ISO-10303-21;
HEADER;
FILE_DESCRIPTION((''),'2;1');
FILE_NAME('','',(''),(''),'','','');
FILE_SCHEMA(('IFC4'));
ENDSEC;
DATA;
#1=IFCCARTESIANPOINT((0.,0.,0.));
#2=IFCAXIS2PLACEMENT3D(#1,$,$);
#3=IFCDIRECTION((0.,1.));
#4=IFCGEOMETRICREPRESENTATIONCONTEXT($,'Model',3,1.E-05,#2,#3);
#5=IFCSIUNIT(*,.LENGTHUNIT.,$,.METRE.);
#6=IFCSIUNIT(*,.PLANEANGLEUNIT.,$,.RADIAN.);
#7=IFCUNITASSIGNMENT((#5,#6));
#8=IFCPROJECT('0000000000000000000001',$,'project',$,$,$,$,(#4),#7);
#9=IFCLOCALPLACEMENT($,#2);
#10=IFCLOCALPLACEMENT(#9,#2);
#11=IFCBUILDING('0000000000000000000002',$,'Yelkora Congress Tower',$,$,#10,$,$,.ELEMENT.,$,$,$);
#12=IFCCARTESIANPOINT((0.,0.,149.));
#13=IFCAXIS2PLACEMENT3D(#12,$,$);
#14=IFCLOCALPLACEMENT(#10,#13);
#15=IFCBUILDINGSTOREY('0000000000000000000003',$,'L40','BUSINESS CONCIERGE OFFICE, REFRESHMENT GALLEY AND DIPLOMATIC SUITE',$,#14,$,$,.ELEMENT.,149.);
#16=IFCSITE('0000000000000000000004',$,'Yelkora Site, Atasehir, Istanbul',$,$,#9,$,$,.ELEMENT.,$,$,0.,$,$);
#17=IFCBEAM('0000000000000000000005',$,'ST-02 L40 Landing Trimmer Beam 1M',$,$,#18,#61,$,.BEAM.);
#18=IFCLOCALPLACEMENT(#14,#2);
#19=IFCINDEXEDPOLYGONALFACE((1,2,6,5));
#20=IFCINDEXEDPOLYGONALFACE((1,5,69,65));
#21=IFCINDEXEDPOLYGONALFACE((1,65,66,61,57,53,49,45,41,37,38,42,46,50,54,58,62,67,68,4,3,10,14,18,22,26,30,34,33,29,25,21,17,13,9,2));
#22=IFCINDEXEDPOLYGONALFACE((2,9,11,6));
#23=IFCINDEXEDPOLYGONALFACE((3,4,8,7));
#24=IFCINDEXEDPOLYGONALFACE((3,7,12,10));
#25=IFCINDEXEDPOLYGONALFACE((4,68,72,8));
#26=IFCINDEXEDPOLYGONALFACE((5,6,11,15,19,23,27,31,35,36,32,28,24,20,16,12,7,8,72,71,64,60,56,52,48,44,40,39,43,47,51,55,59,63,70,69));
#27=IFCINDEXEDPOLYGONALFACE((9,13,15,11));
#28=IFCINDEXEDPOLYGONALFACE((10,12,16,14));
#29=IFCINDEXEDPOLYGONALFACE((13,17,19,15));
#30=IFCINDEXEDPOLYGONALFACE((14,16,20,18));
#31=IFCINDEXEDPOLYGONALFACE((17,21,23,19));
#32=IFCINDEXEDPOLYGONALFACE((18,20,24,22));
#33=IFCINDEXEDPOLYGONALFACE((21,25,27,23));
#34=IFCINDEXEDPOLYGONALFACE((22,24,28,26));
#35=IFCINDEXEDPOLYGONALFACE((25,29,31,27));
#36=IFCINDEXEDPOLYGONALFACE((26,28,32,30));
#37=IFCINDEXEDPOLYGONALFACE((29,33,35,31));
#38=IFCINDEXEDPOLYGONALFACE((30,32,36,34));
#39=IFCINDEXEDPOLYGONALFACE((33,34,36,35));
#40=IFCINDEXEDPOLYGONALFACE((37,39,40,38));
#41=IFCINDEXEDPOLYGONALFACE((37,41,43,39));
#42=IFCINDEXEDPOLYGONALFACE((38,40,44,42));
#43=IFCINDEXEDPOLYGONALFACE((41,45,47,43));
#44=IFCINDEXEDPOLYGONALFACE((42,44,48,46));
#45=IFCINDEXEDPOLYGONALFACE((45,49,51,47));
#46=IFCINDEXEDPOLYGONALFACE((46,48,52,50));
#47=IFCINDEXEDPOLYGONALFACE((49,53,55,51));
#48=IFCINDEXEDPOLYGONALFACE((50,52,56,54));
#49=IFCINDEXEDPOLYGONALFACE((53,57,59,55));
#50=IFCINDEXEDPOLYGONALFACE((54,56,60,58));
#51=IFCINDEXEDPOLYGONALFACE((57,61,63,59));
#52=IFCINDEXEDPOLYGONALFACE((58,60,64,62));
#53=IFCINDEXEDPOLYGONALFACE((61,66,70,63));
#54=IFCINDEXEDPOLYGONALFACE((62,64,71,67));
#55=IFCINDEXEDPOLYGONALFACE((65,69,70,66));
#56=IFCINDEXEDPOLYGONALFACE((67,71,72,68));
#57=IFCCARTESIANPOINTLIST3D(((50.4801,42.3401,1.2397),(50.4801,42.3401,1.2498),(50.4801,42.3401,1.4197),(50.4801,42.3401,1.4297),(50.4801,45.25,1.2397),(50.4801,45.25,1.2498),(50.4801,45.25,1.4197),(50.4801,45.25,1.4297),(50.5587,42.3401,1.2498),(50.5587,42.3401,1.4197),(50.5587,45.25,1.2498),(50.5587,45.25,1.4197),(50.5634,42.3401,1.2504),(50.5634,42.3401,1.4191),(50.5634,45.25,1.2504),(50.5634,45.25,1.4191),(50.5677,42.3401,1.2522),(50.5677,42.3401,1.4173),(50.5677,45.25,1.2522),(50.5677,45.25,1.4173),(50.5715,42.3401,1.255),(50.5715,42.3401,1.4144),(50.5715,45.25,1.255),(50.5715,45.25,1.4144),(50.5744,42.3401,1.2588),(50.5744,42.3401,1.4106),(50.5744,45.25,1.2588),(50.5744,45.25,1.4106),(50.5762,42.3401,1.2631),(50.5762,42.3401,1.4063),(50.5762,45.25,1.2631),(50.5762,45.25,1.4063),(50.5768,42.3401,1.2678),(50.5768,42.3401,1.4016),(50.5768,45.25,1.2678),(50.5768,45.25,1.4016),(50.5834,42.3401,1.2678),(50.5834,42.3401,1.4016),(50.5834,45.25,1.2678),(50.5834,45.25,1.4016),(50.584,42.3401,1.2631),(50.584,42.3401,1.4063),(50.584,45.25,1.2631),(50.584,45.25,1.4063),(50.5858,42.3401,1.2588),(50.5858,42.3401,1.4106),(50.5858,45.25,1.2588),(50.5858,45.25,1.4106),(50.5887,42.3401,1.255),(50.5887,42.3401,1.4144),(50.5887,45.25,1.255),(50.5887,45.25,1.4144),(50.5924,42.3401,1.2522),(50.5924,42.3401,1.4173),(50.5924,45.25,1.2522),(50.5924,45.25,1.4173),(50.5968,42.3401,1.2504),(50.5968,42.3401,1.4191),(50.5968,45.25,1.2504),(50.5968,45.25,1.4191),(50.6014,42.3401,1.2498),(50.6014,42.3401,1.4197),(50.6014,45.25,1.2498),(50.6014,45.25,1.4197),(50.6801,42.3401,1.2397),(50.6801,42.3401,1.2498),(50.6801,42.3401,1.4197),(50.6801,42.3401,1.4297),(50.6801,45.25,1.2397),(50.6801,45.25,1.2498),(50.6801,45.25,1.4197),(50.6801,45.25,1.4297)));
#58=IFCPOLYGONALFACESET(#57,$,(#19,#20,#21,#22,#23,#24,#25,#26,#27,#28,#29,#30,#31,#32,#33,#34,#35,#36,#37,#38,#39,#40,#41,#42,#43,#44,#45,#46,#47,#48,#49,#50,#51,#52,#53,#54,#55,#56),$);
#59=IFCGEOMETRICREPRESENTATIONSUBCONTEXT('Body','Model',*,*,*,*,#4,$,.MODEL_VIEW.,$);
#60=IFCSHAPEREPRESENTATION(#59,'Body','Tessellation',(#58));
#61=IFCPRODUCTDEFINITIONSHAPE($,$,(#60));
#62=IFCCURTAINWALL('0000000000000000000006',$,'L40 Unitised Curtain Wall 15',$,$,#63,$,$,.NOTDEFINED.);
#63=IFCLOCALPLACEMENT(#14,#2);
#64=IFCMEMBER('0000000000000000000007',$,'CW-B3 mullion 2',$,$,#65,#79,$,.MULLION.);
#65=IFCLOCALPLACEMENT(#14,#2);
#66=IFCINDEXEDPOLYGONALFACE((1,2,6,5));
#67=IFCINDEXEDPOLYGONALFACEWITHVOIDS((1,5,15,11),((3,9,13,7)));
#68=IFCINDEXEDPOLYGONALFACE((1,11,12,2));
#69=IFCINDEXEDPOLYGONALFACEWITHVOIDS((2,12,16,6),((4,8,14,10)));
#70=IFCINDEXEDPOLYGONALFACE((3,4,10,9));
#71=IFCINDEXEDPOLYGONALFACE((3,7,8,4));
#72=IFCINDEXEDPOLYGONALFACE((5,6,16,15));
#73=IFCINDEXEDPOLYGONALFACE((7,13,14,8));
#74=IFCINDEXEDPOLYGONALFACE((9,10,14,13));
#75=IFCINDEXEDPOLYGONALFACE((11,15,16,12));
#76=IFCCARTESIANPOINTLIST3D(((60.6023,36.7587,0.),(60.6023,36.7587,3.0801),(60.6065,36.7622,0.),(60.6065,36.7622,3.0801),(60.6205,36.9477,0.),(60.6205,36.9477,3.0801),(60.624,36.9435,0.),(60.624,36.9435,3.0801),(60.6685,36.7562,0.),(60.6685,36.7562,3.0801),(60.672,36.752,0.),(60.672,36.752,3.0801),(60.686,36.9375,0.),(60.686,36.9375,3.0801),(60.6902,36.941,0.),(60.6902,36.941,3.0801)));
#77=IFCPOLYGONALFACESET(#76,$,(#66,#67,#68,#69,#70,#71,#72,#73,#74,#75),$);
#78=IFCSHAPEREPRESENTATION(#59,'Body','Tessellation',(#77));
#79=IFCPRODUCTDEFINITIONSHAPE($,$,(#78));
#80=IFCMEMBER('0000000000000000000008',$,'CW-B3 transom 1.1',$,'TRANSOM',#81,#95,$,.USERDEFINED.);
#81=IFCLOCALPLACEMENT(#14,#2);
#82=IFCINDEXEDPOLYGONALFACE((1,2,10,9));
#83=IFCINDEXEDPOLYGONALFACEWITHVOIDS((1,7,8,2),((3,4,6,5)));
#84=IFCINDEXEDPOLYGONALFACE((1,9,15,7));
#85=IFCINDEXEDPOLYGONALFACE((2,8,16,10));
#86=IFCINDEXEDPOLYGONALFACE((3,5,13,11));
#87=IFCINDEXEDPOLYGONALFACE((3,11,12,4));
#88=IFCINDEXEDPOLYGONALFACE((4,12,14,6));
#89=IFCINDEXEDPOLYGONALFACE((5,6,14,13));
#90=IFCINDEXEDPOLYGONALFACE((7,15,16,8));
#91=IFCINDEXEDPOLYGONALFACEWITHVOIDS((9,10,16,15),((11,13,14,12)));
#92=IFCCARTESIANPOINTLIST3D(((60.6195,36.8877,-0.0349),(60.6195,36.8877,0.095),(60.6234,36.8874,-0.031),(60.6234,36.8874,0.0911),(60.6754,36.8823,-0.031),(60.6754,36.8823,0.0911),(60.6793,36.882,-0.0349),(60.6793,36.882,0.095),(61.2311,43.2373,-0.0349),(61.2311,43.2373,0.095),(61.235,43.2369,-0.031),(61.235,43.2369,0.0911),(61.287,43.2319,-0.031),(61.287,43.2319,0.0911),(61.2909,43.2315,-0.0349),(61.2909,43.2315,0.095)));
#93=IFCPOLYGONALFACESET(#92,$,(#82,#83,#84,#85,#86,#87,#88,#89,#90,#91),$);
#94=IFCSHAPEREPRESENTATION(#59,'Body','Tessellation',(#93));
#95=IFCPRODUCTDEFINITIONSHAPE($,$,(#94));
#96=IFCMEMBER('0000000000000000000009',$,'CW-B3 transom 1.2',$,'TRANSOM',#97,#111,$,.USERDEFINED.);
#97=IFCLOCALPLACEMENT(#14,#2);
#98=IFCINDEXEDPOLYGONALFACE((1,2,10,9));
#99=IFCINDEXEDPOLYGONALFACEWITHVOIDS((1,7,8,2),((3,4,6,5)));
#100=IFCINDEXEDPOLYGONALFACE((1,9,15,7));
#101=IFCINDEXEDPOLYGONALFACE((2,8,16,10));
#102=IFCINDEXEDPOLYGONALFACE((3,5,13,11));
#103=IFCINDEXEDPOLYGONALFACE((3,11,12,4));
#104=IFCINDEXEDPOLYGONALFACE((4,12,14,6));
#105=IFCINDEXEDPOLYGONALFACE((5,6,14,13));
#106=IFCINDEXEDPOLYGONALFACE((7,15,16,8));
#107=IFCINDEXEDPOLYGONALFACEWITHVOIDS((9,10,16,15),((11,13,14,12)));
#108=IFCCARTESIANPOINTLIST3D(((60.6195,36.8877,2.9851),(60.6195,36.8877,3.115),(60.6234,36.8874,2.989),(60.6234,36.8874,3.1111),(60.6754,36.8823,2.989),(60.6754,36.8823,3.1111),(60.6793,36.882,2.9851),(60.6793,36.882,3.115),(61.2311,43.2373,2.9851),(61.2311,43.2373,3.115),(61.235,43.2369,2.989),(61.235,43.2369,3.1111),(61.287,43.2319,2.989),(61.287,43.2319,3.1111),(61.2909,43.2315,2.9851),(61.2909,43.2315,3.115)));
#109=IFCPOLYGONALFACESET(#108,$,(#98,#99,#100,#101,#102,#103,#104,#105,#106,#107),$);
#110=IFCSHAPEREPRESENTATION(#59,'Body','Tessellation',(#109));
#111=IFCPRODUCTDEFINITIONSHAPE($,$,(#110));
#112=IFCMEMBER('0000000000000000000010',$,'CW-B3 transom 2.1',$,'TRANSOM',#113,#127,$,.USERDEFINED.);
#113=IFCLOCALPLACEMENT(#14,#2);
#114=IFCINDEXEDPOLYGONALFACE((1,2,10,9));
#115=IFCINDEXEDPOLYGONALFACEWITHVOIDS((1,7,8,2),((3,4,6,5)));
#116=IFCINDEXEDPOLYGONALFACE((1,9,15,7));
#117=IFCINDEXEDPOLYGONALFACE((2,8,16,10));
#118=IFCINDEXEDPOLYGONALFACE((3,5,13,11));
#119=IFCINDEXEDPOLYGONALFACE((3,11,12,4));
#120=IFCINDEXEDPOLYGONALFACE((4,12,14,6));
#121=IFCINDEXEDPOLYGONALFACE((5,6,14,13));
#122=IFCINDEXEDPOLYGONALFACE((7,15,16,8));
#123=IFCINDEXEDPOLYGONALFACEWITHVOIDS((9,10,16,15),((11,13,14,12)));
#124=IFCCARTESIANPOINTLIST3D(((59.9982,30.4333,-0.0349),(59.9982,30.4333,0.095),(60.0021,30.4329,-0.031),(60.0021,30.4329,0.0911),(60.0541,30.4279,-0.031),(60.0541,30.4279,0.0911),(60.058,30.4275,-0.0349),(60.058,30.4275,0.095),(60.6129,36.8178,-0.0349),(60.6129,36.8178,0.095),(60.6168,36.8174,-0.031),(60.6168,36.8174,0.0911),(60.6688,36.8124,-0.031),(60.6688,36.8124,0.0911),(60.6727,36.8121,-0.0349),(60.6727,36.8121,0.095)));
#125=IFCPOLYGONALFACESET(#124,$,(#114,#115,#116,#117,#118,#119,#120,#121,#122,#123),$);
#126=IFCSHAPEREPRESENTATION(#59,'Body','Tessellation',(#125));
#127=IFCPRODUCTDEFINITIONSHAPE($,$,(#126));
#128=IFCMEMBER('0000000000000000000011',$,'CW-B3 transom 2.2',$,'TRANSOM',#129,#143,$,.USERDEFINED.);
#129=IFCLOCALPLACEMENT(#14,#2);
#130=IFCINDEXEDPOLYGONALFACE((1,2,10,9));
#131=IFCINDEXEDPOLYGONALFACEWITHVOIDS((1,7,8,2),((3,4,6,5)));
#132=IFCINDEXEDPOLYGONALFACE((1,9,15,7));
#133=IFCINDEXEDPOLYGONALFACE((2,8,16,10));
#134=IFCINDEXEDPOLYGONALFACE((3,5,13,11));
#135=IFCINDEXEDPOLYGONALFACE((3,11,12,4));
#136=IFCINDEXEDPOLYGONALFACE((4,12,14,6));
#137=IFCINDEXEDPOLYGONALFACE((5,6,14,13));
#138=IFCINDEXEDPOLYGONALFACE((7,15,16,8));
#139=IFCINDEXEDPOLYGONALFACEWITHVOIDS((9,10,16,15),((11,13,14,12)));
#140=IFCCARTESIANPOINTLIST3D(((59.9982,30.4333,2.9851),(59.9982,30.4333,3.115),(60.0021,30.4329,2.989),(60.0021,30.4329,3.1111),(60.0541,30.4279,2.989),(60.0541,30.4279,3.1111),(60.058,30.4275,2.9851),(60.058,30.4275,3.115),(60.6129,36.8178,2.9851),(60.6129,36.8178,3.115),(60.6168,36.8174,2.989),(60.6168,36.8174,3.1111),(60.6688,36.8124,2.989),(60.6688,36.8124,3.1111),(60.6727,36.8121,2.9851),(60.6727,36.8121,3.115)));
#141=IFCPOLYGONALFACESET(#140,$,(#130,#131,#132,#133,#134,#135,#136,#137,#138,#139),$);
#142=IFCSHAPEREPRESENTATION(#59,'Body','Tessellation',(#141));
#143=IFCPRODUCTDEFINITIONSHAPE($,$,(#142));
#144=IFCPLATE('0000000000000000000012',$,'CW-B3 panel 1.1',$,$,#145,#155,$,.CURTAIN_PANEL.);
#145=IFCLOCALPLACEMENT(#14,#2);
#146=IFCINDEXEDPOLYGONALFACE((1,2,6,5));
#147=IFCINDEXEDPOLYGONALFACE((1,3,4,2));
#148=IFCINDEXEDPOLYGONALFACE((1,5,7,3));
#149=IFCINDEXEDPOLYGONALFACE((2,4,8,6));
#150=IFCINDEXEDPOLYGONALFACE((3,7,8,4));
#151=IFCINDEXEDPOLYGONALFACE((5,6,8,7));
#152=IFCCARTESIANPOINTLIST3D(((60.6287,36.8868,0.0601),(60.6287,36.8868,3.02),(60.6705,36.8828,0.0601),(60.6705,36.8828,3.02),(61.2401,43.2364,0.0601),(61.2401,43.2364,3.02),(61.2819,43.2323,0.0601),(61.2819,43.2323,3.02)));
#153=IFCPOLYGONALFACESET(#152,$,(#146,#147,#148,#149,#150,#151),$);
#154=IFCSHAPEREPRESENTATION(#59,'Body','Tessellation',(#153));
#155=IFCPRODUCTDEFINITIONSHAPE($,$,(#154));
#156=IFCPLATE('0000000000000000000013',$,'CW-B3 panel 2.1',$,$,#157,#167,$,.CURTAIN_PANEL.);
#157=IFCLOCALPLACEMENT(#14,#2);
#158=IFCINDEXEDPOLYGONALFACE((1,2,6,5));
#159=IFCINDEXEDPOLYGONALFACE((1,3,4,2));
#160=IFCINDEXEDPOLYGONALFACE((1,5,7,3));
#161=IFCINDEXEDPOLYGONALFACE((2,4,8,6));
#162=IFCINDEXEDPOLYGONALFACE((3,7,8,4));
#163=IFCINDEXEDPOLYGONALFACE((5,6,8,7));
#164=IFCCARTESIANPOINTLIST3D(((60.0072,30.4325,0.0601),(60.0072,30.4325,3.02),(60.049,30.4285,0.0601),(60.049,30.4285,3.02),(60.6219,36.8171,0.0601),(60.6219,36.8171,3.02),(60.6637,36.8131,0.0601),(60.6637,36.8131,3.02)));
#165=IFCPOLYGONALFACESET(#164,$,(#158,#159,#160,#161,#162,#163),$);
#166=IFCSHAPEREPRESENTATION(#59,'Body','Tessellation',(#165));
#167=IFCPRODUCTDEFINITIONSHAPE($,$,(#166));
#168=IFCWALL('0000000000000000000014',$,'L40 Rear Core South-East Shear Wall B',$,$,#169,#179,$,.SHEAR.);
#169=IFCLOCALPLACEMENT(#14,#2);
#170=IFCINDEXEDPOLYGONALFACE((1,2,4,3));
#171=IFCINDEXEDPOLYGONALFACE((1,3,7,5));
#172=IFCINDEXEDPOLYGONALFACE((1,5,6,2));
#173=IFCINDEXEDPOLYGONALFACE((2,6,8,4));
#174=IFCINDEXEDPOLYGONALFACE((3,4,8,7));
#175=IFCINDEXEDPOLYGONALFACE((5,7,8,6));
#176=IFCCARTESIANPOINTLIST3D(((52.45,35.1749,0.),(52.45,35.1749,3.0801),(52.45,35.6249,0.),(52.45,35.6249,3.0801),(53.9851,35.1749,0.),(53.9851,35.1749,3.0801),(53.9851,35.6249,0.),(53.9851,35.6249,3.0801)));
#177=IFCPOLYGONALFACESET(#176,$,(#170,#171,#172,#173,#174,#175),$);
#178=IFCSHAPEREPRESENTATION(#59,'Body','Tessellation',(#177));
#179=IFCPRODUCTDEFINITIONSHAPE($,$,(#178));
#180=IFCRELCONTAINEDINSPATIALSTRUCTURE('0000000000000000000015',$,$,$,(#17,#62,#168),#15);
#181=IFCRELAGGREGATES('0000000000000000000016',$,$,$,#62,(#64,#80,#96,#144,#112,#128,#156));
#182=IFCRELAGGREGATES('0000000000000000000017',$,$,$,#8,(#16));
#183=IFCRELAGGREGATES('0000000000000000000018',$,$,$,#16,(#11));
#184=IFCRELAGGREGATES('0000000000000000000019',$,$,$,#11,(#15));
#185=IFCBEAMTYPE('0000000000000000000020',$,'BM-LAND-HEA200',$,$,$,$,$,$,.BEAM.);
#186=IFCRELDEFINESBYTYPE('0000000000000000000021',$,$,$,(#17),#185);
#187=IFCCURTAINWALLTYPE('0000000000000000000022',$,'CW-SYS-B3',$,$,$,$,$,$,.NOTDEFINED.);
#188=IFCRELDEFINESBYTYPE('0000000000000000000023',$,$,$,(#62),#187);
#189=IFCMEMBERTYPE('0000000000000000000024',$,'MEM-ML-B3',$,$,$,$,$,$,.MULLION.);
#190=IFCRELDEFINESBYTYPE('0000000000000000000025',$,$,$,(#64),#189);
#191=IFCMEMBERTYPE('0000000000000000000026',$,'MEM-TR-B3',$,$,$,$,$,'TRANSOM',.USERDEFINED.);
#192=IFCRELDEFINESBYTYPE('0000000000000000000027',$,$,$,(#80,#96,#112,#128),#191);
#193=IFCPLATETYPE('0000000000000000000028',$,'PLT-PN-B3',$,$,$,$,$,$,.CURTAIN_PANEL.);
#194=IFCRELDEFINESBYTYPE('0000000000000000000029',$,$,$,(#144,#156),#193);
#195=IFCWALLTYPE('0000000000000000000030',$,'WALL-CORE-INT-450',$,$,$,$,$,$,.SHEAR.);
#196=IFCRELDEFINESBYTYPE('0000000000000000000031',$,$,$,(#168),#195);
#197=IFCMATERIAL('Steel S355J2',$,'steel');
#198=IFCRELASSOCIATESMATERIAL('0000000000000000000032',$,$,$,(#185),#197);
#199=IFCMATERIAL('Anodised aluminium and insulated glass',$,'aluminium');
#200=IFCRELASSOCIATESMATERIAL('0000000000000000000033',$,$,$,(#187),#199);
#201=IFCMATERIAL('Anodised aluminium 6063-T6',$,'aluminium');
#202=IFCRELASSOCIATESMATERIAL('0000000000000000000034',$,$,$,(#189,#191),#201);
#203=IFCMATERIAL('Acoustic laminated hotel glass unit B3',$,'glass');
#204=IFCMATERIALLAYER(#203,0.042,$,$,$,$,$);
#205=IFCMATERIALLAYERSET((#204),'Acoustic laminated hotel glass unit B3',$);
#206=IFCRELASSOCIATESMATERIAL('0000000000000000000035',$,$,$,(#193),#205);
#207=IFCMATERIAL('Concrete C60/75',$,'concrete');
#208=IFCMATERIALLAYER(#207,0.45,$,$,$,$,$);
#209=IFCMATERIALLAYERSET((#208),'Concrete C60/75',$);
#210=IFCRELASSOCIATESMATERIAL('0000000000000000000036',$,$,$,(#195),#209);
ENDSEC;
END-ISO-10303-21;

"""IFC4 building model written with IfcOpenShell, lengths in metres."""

from ifc_helpers import new_model, si_unit, direction, frame, frame_2d, origin, origin_2d, place, context, subcontext, project, spatial, rectangle, hollow_rectangle, i_section, extrude, material, layer, layer_set, material_profile, profile_set, type_object, element, aggregate, save


model = new_model("IFC4")

# Units and contexts
model_context = context("Model", 3, precision=1e-05, world=origin(), true_north=direction((0.0, 1.0)))
body_context = subcontext(model_context, "Body", "Model", "MODEL_VIEW")
ifc_project = project(units=[si_unit("LENGTHUNIT", "METRE"), si_unit("PLANEANGLEUNIT", "RADIAN")], contexts=[model_context])

# Site, building, storey
site_placement = place(None, origin())
site = spatial("IfcSite", under=ifc_project, at=site_placement, Name="Yelkora Site, Atasehir, Istanbul", CompositionType="ELEMENT", RefElevation=0.0)
building_placement = place(site_placement, origin())
building = spatial("IfcBuilding", under=site, at=building_placement, Name="Yelkora Congress Tower", CompositionType="ELEMENT")
storey_placement = place(building_placement, frame((0.0, 0.0, 149.0)))
storey = spatial("IfcBuildingStorey", under=building, at=storey_placement, Name="L40", Description="BUSINESS CONCIERGE OFFICE, REFRESHMENT GALLEY AND DIPLOMATIC SUITE", CompositionType="ELEMENT", Elevation=149.0)

# Beam
ifc_material_1 = material(Name="Steel S355J2", Category="steel")
ifc_material_profile_1 = material_profile(ifc_material_1, i_section(OverallWidth=0.2, OverallDepth=0.1899, WebThickness=0.0066, FlangeThickness=0.01, FilletRadius=0.0181, at=origin_2d()), Name="HEA 200")
ifc_profile_set_1 = profile_set([ifc_material_profile_1], Name="Steel S355J2")
beam_type_1 = type_object("IfcBeamType", Name="BM-LAND-HEA200", PredefinedType="BEAM", material=ifc_profile_set_1)
beam_1_placement = place(storey_placement, frame((50.5801, 42.3401, 1.3347), z_axis=(0.0, 1.0, 0.0), x_axis=(-1.0, 0.0, 0.0)))
element("IfcBeam", 1, at=beam_1_placement, inside=storey, type_object=beam_type_1, Name="ST-02 L40 Landing Trimmer Beam 1M", PredefinedType="BEAM", context=body_context, shape_type="SweptSolid", body=[
    extrude(i_section(OverallWidth=0.2, OverallDepth=0.1899, WebThickness=0.0066, FlangeThickness=0.01, FilletRadius=0.0181, at=origin_2d()), origin(), (0.0, 0.0, 1.0), 2.9099),
])

# Curtain wall, members, plates
ifc_material_2 = material(Name="Anodised aluminium and insulated glass", Category="aluminium")
curtain_wall_type = type_object("IfcCurtainWallType", Name="CW-SYS-B3", PredefinedType="NOTDEFINED", material=ifc_material_2)
curtain_wall_placement = place(storey_placement, origin())
curtain_wall = element("IfcCurtainWall", 2, at=curtain_wall_placement, inside=storey, type_object=curtain_wall_type, Name="L40 Unitised Curtain Wall 15", PredefinedType="NOTDEFINED")
ifc_material_3 = material(Name="Anodised aluminium 6063-T6", Category="aluminium")
ifc_material_profile_2 = material_profile(ifc_material_3, hollow_rectangle(XDim=0.0701, YDim=0.1899, WallThickness=0.0039, at=origin_2d()), Name="ALU 70x190x4")
ifc_profile_set_2 = profile_set([ifc_material_profile_2], Name="Anodised aluminium 6063-T6")
member_type_1 = type_object("IfcMemberType", Name="MEM-ML-B3", PredefinedType="MULLION", material=ifc_profile_set_2)
member_1_placement = place(storey_placement, frame((60.6462, 36.8499, 0.0), z_axis=(0.0, 0.0, 1.0), x_axis=(0.995397, -0.095842, 0.0)))
member_1 = element("IfcMember", 3, at=member_1_placement, type_object=member_type_1, Name="CW-B3 mullion 2", PredefinedType="MULLION", context=body_context, shape_type="SweptSolid", body=[
    extrude(hollow_rectangle(XDim=0.0701, YDim=0.1899, WallThickness=0.0039, at=origin_2d()), origin(), (0.0, 0.0, 1.0), 3.0801),
])
ifc_material_profile_3 = material_profile(ifc_material_3, hollow_rectangle(XDim=0.0601, YDim=0.1299, WallThickness=0.0039, at=origin_2d()), Name="ALU 60x130x4")
ifc_profile_set_3 = profile_set([ifc_material_profile_3], Name="Anodised aluminium 6063-T6")
member_type_2 = type_object("IfcMemberType", Name="MEM-TR-B3", ElementType="TRANSOM", PredefinedType="USERDEFINED", material=ifc_profile_set_3)
member_2_placement = place(storey_placement, frame((61.261, 43.2344, 0.03), z_axis=(-0.095873, -0.995394, 0.0), x_axis=(0.995394, -0.095873, 0.0)))
member_2 = element("IfcMember", 4, at=member_2_placement, type_object=member_type_2, Name="CW-B3 transom 1.1", ObjectType="TRANSOM", PredefinedType="USERDEFINED", context=body_context, shape_type="SweptSolid", body=[
    extrude(hollow_rectangle(XDim=0.0601, YDim=0.1299, WallThickness=0.0039, at=origin_2d()), origin(), (0.0, 0.0, 1.0), 6.3789),
])
member_3_placement = place(storey_placement, frame((61.261, 43.2344, 3.05), z_axis=(-0.095873, -0.995394, 0.0), x_axis=(0.995394, -0.095873, 0.0)))
member_3 = element("IfcMember", 5, at=member_3_placement, type_object=member_type_2, Name="CW-B3 transom 1.2", ObjectType="TRANSOM", PredefinedType="USERDEFINED", context=body_context, shape_type="SweptSolid", body=[
    extrude(hollow_rectangle(XDim=0.0601, YDim=0.1299, WallThickness=0.0039, at=origin_2d()), origin(), (0.0, 0.0, 1.0), 6.3789),
])
member_4_placement = place(storey_placement, frame((60.6428, 36.8149, 0.03), z_axis=(-0.095844, -0.995396, 0.0), x_axis=(0.995396, -0.095844, 0.0)))
member_4 = element("IfcMember", 6, at=member_4_placement, type_object=member_type_2, Name="CW-B3 transom 2.1", ObjectType="TRANSOM", PredefinedType="USERDEFINED", context=body_context, shape_type="SweptSolid", body=[
    extrude(hollow_rectangle(XDim=0.0601, YDim=0.1299, WallThickness=0.0039, at=origin_2d()), origin(), (0.0, 0.0, 1.0), 6.4141),
])
member_5_placement = place(storey_placement, frame((60.6428, 36.8149, 3.05), z_axis=(-0.095844, -0.995396, 0.0), x_axis=(0.995396, -0.095844, 0.0)))
member_5 = element("IfcMember", 7, at=member_5_placement, type_object=member_type_2, Name="CW-B3 transom 2.2", ObjectType="TRANSOM", PredefinedType="USERDEFINED", context=body_context, shape_type="SweptSolid", body=[
    extrude(hollow_rectangle(XDim=0.0601, YDim=0.1299, WallThickness=0.0039, at=origin_2d()), origin(), (0.0, 0.0, 1.0), 6.4141),
])
ifc_material_4 = material(Name="Acoustic laminated hotel glass unit B3", Category="glass")
ifc_layer_1 = layer(ifc_material_4, 0.042)
ifc_layer_set_1 = layer_set([ifc_layer_1], Name="Acoustic laminated hotel glass unit B3")
plate_type = type_object("IfcPlateType", Name="PLT-PN-B3", PredefinedType="CURTAIN_PANEL", material=ifc_layer_set_1)
plate_1_placement = place(storey_placement, frame((60.9553, 40.0596, 0.0601), z_axis=(0.0, 0.0, 1.0), x_axis=(-0.095842, -0.995397, 0.0)))
plate_1 = element("IfcPlate", 8, at=plate_1_placement, type_object=plate_type, Name="CW-B3 panel 1.1", PredefinedType="CURTAIN_PANEL", context=body_context, shape_type="SweptSolid", body=[
    extrude(rectangle(XDim=6.3789, YDim=0.042, at=origin_2d()), origin(), (0.0, 0.0, 1.0), 2.96),
])
plate_2_placement = place(storey_placement, frame((60.3354, 33.6228, 0.0601), z_axis=(0.0, 0.0, 1.0), x_axis=(-0.095842, -0.995397, 0.0)))
plate_2 = element("IfcPlate", 9, at=plate_2_placement, type_object=plate_type, Name="CW-B3 panel 2.1", PredefinedType="CURTAIN_PANEL", context=body_context, shape_type="SweptSolid", body=[
    extrude(rectangle(XDim=6.4141, YDim=0.042, at=origin_2d()), origin(), (0.0, 0.0, 1.0), 2.96),
])
aggregate(curtain_wall, [member_1, member_2, member_3, plate_1, member_4, member_5, plate_2])

# Wall
ifc_material_5 = material(Name="Concrete C60/75", Category="concrete")
ifc_layer_2 = layer(ifc_material_5, 0.45)
ifc_layer_set_2 = layer_set([ifc_layer_2], Name="Concrete C60/75")
wall_type = type_object("IfcWallType", Name="WALL-CORE-INT-450", PredefinedType="SHEAR", material=ifc_layer_set_2)
wall_1_placement = place(storey_placement, frame((52.45, 35.3999, 0.0), z_axis=(0.0, 0.0, 1.0), x_axis=(1.0, 0.0, 0.0)))
element("IfcWall", 10, at=wall_1_placement, inside=storey, type_object=wall_type, Name="L40 Rear Core South-East Shear Wall B", PredefinedType="SHEAR", context=body_context, shape_type="SweptSolid", body=[
    extrude(rectangle(XDim=1.5352, YDim=0.45, at=frame_2d((0.7676, 0.0))), origin(), (0.0, 0.0, 1.0), 3.0801),
])

save(model, "model.ifc")
